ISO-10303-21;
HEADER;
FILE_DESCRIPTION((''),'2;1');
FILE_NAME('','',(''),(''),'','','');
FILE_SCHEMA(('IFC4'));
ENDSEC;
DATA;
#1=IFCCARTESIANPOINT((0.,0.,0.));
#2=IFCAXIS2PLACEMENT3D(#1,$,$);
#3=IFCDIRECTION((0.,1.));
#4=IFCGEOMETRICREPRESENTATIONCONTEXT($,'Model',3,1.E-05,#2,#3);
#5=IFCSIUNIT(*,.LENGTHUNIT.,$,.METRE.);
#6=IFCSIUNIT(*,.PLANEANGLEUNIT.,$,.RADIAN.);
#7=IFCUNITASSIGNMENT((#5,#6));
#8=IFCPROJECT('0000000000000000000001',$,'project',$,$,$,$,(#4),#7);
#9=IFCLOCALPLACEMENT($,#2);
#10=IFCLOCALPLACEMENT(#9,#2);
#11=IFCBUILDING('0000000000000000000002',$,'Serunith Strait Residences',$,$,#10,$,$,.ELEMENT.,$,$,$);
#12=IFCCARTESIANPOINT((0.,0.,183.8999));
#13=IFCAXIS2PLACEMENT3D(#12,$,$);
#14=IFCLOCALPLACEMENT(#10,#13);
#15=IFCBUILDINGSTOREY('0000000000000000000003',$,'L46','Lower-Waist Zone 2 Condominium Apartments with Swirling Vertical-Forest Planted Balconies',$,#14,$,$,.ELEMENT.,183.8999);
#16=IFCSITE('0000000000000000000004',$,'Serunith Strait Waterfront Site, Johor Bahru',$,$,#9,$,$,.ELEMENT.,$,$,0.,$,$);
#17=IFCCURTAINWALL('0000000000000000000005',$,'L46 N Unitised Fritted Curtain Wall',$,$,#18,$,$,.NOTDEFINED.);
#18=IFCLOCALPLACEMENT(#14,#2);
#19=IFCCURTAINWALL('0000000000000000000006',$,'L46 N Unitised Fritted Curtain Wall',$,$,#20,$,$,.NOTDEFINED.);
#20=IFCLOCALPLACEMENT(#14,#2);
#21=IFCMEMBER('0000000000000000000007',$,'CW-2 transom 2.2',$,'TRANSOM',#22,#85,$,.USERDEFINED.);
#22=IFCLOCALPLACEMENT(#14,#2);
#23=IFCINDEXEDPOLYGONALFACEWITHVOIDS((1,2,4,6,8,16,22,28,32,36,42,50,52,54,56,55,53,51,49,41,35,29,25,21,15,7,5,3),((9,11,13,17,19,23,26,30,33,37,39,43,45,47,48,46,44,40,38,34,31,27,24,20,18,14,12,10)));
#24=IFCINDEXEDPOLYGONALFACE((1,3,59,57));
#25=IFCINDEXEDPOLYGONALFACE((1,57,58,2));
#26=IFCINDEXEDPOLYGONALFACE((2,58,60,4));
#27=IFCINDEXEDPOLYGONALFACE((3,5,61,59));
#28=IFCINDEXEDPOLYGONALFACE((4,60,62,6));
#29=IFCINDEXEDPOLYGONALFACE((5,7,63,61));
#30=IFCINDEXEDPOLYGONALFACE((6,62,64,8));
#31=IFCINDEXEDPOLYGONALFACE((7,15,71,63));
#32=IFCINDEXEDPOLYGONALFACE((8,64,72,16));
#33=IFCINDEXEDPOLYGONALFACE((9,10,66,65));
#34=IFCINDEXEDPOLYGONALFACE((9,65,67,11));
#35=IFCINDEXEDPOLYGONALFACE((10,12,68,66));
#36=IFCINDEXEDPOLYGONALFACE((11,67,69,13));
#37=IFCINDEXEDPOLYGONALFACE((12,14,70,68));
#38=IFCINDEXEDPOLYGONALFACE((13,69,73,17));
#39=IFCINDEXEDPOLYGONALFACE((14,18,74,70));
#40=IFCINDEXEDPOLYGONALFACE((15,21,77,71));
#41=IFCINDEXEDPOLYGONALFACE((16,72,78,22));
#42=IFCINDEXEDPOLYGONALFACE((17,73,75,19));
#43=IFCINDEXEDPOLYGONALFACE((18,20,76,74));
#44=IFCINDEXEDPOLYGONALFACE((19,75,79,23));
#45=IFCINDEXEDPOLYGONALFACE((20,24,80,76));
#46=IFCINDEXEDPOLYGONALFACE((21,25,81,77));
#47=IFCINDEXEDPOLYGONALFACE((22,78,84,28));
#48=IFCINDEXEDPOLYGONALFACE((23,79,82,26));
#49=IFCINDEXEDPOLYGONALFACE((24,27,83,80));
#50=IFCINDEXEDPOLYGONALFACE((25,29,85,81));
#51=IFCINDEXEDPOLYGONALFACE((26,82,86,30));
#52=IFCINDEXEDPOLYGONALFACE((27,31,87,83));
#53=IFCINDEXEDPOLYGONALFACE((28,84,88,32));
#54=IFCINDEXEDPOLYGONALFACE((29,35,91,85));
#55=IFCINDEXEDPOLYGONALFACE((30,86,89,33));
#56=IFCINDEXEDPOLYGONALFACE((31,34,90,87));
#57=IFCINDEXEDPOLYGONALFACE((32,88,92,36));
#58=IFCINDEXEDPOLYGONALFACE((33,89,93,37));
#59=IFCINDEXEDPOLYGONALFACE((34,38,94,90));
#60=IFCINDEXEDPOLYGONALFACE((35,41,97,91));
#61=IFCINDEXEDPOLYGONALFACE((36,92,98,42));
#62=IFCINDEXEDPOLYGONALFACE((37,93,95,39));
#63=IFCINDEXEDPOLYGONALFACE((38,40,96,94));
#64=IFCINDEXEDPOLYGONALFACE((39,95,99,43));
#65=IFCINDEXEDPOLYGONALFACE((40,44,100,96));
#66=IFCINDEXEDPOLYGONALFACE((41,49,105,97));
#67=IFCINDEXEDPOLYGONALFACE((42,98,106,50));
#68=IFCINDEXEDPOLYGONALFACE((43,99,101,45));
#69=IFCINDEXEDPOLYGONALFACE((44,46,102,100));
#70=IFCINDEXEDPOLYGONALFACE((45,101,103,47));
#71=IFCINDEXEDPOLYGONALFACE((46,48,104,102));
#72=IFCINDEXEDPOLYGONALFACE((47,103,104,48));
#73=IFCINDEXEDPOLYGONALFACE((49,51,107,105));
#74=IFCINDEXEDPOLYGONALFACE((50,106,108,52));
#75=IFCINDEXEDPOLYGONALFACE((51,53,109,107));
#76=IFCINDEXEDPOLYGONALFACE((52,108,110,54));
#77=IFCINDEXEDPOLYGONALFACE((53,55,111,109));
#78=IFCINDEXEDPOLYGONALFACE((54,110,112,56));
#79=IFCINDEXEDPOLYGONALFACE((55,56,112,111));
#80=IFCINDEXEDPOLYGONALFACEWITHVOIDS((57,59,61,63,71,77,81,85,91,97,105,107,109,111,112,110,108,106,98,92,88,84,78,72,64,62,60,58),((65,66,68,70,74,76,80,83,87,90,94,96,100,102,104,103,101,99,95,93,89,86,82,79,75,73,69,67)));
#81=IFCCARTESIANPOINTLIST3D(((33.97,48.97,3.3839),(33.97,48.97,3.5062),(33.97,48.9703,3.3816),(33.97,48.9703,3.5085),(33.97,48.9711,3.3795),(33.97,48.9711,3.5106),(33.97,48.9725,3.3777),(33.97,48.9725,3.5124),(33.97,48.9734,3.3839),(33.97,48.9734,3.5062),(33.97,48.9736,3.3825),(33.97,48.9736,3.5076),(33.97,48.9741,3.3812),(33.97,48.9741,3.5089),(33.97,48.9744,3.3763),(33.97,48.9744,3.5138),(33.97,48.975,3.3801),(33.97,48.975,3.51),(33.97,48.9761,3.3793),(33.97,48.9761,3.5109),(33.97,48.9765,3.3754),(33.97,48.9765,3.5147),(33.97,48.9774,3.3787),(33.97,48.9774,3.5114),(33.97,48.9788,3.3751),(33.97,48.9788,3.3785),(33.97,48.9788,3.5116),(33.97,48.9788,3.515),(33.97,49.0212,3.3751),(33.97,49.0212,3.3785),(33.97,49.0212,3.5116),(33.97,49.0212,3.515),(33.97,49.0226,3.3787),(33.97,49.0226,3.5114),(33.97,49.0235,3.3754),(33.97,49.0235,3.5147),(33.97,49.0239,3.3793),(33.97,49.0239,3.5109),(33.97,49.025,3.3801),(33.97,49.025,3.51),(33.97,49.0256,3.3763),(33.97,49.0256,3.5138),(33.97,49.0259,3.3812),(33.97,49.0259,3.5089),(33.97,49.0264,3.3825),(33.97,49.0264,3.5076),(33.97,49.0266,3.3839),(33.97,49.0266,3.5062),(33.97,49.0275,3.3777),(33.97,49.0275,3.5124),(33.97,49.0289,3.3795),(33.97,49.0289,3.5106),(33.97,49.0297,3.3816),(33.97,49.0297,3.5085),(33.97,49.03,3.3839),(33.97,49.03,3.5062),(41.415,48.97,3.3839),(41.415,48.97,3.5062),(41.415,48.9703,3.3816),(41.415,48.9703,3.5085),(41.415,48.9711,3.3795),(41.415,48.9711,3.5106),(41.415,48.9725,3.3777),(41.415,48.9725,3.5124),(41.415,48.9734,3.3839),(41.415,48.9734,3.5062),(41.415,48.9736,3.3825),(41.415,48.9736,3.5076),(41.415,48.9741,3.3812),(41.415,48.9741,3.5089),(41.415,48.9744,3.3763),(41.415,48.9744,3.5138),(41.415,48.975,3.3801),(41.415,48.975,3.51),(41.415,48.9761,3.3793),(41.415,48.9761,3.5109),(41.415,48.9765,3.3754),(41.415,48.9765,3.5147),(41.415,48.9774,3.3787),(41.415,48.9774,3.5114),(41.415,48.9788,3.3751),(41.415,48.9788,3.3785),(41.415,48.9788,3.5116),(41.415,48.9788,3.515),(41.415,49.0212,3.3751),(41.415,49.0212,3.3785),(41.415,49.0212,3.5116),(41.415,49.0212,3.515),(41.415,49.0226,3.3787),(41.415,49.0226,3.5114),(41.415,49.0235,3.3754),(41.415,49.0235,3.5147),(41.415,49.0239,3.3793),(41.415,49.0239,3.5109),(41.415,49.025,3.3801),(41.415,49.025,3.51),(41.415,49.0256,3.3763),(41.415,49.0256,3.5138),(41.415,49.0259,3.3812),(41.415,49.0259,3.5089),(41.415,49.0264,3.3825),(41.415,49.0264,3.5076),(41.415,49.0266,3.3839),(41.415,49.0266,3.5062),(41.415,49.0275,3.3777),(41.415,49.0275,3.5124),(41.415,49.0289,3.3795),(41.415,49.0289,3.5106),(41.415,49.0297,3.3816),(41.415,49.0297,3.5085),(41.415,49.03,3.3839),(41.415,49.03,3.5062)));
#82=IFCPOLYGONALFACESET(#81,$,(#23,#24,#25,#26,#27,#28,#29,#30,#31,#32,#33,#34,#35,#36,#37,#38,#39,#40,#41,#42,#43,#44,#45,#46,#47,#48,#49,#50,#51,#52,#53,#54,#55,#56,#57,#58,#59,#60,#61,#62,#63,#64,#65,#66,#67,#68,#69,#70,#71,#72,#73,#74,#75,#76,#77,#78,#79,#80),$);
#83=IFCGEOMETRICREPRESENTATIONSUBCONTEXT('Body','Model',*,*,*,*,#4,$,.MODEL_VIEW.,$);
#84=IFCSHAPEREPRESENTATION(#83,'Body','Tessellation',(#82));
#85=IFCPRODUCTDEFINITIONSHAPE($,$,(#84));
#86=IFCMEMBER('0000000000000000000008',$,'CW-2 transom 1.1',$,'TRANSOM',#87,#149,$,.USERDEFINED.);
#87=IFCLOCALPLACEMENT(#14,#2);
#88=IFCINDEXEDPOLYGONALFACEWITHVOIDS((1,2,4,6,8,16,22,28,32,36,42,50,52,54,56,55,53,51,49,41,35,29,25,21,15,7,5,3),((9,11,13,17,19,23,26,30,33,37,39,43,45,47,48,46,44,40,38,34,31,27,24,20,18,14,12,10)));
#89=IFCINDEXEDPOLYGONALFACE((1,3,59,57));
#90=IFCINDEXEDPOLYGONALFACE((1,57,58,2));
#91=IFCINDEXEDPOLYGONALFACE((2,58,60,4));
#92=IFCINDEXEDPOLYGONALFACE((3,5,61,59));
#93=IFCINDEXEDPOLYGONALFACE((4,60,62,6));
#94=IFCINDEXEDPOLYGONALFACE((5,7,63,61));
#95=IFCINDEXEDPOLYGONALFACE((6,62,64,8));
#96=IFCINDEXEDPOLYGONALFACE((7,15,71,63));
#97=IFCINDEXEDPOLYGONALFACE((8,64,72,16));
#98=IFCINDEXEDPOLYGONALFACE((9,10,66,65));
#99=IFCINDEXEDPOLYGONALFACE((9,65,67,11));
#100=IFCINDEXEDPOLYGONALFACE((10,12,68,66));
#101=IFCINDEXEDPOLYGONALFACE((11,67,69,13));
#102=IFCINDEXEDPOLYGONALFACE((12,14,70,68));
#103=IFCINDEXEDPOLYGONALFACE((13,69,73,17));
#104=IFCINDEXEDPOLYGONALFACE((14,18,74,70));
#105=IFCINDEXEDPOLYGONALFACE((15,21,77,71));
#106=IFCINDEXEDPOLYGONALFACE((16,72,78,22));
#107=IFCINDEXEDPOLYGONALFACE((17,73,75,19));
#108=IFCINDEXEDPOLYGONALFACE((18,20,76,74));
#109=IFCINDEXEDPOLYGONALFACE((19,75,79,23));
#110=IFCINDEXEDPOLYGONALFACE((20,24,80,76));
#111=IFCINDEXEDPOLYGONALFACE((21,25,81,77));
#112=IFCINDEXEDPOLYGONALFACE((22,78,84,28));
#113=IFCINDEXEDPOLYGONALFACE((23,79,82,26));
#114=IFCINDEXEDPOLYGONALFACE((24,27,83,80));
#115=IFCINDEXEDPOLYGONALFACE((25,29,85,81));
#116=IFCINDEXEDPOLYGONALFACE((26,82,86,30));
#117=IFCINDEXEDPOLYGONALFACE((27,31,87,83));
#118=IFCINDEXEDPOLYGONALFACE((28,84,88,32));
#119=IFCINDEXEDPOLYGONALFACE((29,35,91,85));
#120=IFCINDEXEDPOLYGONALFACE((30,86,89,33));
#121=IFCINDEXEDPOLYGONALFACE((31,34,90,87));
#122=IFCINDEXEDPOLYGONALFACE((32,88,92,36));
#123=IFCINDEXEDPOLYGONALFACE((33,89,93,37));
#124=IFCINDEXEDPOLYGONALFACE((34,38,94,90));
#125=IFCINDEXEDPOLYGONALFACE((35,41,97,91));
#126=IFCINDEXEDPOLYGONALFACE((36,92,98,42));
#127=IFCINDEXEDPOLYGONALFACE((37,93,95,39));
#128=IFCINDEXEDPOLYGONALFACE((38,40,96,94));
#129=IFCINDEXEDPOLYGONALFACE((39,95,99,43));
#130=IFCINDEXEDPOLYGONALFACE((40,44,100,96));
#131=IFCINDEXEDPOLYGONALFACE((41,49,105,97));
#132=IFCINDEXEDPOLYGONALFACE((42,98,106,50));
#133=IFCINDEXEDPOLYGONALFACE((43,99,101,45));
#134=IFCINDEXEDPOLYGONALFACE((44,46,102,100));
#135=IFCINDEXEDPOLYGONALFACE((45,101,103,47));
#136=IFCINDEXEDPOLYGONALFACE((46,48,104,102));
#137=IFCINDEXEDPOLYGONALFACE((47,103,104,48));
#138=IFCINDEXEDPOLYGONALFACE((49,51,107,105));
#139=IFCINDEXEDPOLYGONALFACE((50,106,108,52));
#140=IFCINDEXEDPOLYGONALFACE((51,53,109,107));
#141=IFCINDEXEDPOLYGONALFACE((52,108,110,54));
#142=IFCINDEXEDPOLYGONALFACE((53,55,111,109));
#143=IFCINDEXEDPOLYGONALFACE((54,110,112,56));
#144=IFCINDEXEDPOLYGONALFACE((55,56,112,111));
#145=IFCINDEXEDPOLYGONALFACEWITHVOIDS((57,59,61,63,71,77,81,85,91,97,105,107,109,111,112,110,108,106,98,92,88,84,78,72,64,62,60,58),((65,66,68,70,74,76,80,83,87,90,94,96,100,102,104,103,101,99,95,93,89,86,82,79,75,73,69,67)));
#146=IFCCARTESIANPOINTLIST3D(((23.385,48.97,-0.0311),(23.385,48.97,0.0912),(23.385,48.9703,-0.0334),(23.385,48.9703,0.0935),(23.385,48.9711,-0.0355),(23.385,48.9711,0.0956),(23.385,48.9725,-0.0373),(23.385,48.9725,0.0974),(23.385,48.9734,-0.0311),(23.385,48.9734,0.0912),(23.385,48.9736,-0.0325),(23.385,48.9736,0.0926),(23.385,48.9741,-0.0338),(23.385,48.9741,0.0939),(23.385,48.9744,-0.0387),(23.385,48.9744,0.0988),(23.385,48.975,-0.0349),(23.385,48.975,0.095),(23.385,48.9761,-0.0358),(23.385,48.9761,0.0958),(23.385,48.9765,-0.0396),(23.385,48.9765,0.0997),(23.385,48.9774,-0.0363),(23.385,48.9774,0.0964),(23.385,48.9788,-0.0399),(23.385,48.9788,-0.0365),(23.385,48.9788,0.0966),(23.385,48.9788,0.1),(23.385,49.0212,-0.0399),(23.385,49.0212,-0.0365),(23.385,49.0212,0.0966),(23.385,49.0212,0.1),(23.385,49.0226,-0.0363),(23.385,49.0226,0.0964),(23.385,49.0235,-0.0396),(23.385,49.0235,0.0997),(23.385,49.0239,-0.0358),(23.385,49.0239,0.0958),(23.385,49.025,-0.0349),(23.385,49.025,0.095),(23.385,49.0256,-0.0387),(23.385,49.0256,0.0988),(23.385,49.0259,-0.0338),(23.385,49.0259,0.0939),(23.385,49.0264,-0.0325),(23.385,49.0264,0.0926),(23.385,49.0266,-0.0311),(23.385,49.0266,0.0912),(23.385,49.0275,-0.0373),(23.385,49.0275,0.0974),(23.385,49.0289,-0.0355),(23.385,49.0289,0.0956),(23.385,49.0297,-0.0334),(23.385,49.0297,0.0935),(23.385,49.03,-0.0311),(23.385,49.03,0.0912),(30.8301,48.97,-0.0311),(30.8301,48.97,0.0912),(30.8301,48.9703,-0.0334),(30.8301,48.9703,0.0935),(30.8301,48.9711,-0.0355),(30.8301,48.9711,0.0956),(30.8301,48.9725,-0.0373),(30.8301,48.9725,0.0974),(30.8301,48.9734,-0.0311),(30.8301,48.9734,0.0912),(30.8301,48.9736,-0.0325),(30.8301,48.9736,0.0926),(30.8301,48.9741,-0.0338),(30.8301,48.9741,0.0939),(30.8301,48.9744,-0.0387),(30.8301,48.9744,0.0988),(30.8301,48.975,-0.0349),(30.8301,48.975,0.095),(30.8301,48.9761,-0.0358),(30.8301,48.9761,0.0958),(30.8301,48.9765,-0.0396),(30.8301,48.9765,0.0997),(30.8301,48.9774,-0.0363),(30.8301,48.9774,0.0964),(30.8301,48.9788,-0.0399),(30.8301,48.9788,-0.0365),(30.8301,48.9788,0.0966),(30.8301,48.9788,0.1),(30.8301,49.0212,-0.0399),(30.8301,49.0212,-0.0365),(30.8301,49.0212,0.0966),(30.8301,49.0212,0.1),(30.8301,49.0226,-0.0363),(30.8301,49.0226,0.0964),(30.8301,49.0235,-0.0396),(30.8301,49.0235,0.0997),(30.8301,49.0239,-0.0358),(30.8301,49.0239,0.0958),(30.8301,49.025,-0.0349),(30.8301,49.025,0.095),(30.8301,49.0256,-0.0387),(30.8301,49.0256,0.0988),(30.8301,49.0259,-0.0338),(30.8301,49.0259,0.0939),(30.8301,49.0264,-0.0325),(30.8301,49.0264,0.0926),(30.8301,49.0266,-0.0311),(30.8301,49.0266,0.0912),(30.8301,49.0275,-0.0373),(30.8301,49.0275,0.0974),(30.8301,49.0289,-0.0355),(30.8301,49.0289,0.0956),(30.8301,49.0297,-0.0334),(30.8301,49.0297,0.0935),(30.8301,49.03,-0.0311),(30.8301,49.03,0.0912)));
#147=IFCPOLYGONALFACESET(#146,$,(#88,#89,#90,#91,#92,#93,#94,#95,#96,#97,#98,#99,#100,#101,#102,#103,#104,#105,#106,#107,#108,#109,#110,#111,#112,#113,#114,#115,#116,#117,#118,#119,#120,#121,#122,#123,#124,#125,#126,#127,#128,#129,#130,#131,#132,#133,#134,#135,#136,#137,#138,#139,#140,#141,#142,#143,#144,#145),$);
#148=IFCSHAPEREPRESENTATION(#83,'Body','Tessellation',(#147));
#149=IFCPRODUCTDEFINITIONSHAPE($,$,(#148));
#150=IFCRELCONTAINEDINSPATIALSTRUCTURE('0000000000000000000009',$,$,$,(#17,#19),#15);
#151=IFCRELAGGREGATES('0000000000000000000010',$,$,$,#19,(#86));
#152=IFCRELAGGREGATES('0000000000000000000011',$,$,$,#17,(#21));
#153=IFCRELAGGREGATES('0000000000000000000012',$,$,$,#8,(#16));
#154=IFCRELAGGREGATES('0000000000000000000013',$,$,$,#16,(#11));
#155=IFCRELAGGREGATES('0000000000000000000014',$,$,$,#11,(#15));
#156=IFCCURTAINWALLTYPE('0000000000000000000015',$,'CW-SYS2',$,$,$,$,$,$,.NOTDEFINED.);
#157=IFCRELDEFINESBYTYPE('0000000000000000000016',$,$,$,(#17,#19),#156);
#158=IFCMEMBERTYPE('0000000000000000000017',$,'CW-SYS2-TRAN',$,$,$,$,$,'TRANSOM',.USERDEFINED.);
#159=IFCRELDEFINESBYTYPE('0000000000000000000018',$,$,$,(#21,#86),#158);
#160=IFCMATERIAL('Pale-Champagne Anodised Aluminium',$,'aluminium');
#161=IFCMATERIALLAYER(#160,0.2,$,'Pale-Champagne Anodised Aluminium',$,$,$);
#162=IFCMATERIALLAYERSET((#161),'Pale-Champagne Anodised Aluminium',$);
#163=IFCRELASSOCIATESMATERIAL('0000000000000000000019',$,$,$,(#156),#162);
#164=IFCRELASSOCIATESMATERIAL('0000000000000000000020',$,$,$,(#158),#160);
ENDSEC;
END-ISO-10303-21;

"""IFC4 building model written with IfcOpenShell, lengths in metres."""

from ifc_helpers import new_model, si_unit, direction, frame, origin, origin_2d, place, context, subcontext, project, spatial, hollow_rectangle, extrude, source, transform, mapped, material, layer, layer_set, material_profile, profile_set, type_object, element, aggregate, save


model = new_model("IFC4")

# Units and contexts
model_context = context("Model", 3, precision=1e-05, world=origin(), true_north=direction((0.0, 1.0)))
body_context = subcontext(model_context, "Body", "Model", "MODEL_VIEW")
ifc_project = project(units=[si_unit("LENGTHUNIT", "METRE"), si_unit("PLANEANGLEUNIT", "RADIAN")], contexts=[model_context])

# Site, building, storey
site_placement = place(None, origin())
site = spatial("IfcSite", under=ifc_project, at=site_placement, Name="Serunith Strait Waterfront Site, Johor Bahru", CompositionType="ELEMENT", RefElevation=0.0)
building_placement = place(site_placement, origin())
building = spatial("IfcBuilding", under=site, at=building_placement, Name="Serunith Strait Residences", CompositionType="ELEMENT")
storey_placement = place(building_placement, frame((0.0, 0.0, 183.8999)))
storey = spatial("IfcBuildingStorey", under=building, at=storey_placement, Name="L46", Description="Lower-Waist Zone 2 Condominium Apartments with Swirling Vertical-Forest Planted Balconies", CompositionType="ELEMENT", Elevation=183.8999)

# Curtain wall
ifc_material_1 = material(Name="Pale-Champagne Anodised Aluminium", Category="aluminium")
ifc_layer_1 = layer(ifc_material_1, 0.2, Name="Pale-Champagne Anodised Aluminium")
ifc_layer_set_1 = layer_set([ifc_layer_1], Name="Pale-Champagne Anodised Aluminium")
curtain_wall_type = type_object("IfcCurtainWallType", Name="CW-SYS2", PredefinedType="NOTDEFINED", material=ifc_layer_set_1)
curtain_wall_1_placement = place(storey_placement, origin())
curtain_wall_1 = element("IfcCurtainWall", 1, at=curtain_wall_1_placement, inside=storey, type_object=curtain_wall_type, Name="L46 N Unitised Fritted Curtain Wall", PredefinedType="NOTDEFINED")

# Curtain wall
curtain_wall_2_placement = place(storey_placement, origin())
curtain_wall_2 = element("IfcCurtainWall", 2, at=curtain_wall_2_placement, inside=storey, type_object=curtain_wall_type, Name="L46 N Unitised Fritted Curtain Wall", PredefinedType="NOTDEFINED")

# Members
ifc_material_profile_1 = material_profile(ifc_material_1, hollow_rectangle(XDim=0.0601, YDim=0.1399, WallThickness=0.0034, InnerFilletRadius=0.0054, OuterFilletRadius=0.0088, at=origin_2d()), Name="ALU 140x60x3.5")
ifc_profile_set_1 = profile_set([ifc_material_profile_1], Name="Pale-Champagne Anodised Aluminium")
member_type_1 = type_object("IfcMemberType", Name="CW-SYS2-TRAN", ElementType="TRANSOM", PredefinedType="USERDEFINED", material=ifc_profile_set_1)
shared_shape_1 = source(origin(), body_context, "Body", "SweptSolid", [
    extrude(hollow_rectangle(XDim=0.0601, YDim=0.1399, WallThickness=0.0034, InnerFilletRadius=0.0054, OuterFilletRadius=0.0088, at=origin_2d()), origin(), (0.0, 0.0, 1.0), 7.4451),
])
member_1_placement = place(storey_placement, frame((41.415, 49.0, 3.4451), z_axis=(-1.0, 0.0, 0.0), x_axis=(0.0, -1.0, 0.0)))
member_1 = element("IfcMember", 3, at=member_1_placement, type_object=member_type_1, Name="CW-2 transom 2.2", ObjectType="TRANSOM", PredefinedType="USERDEFINED", context=body_context, shape_type="MappedRepresentation", body=[
    mapped(shared_shape_1, transform((0.0, 0.0, 0.0), scale=1.0)),
])
member_2_placement = place(storey_placement, frame((30.8301, 49.0, 0.03), z_axis=(-1.0, 0.0, 0.0), x_axis=(0.0, -1.0, 0.0)))
member_2 = element("IfcMember", 4, at=member_2_placement, type_object=member_type_1, Name="CW-2 transom 1.1", ObjectType="TRANSOM", PredefinedType="USERDEFINED", context=body_context, shape_type="MappedRepresentation", body=[
    mapped(shared_shape_1, transform((0.0, 0.0, 0.0), scale=1.0)),
])
aggregate(curtain_wall_2, [member_2])

aggregate(curtain_wall_1, [member_1])

save(model, "model.ifc")
